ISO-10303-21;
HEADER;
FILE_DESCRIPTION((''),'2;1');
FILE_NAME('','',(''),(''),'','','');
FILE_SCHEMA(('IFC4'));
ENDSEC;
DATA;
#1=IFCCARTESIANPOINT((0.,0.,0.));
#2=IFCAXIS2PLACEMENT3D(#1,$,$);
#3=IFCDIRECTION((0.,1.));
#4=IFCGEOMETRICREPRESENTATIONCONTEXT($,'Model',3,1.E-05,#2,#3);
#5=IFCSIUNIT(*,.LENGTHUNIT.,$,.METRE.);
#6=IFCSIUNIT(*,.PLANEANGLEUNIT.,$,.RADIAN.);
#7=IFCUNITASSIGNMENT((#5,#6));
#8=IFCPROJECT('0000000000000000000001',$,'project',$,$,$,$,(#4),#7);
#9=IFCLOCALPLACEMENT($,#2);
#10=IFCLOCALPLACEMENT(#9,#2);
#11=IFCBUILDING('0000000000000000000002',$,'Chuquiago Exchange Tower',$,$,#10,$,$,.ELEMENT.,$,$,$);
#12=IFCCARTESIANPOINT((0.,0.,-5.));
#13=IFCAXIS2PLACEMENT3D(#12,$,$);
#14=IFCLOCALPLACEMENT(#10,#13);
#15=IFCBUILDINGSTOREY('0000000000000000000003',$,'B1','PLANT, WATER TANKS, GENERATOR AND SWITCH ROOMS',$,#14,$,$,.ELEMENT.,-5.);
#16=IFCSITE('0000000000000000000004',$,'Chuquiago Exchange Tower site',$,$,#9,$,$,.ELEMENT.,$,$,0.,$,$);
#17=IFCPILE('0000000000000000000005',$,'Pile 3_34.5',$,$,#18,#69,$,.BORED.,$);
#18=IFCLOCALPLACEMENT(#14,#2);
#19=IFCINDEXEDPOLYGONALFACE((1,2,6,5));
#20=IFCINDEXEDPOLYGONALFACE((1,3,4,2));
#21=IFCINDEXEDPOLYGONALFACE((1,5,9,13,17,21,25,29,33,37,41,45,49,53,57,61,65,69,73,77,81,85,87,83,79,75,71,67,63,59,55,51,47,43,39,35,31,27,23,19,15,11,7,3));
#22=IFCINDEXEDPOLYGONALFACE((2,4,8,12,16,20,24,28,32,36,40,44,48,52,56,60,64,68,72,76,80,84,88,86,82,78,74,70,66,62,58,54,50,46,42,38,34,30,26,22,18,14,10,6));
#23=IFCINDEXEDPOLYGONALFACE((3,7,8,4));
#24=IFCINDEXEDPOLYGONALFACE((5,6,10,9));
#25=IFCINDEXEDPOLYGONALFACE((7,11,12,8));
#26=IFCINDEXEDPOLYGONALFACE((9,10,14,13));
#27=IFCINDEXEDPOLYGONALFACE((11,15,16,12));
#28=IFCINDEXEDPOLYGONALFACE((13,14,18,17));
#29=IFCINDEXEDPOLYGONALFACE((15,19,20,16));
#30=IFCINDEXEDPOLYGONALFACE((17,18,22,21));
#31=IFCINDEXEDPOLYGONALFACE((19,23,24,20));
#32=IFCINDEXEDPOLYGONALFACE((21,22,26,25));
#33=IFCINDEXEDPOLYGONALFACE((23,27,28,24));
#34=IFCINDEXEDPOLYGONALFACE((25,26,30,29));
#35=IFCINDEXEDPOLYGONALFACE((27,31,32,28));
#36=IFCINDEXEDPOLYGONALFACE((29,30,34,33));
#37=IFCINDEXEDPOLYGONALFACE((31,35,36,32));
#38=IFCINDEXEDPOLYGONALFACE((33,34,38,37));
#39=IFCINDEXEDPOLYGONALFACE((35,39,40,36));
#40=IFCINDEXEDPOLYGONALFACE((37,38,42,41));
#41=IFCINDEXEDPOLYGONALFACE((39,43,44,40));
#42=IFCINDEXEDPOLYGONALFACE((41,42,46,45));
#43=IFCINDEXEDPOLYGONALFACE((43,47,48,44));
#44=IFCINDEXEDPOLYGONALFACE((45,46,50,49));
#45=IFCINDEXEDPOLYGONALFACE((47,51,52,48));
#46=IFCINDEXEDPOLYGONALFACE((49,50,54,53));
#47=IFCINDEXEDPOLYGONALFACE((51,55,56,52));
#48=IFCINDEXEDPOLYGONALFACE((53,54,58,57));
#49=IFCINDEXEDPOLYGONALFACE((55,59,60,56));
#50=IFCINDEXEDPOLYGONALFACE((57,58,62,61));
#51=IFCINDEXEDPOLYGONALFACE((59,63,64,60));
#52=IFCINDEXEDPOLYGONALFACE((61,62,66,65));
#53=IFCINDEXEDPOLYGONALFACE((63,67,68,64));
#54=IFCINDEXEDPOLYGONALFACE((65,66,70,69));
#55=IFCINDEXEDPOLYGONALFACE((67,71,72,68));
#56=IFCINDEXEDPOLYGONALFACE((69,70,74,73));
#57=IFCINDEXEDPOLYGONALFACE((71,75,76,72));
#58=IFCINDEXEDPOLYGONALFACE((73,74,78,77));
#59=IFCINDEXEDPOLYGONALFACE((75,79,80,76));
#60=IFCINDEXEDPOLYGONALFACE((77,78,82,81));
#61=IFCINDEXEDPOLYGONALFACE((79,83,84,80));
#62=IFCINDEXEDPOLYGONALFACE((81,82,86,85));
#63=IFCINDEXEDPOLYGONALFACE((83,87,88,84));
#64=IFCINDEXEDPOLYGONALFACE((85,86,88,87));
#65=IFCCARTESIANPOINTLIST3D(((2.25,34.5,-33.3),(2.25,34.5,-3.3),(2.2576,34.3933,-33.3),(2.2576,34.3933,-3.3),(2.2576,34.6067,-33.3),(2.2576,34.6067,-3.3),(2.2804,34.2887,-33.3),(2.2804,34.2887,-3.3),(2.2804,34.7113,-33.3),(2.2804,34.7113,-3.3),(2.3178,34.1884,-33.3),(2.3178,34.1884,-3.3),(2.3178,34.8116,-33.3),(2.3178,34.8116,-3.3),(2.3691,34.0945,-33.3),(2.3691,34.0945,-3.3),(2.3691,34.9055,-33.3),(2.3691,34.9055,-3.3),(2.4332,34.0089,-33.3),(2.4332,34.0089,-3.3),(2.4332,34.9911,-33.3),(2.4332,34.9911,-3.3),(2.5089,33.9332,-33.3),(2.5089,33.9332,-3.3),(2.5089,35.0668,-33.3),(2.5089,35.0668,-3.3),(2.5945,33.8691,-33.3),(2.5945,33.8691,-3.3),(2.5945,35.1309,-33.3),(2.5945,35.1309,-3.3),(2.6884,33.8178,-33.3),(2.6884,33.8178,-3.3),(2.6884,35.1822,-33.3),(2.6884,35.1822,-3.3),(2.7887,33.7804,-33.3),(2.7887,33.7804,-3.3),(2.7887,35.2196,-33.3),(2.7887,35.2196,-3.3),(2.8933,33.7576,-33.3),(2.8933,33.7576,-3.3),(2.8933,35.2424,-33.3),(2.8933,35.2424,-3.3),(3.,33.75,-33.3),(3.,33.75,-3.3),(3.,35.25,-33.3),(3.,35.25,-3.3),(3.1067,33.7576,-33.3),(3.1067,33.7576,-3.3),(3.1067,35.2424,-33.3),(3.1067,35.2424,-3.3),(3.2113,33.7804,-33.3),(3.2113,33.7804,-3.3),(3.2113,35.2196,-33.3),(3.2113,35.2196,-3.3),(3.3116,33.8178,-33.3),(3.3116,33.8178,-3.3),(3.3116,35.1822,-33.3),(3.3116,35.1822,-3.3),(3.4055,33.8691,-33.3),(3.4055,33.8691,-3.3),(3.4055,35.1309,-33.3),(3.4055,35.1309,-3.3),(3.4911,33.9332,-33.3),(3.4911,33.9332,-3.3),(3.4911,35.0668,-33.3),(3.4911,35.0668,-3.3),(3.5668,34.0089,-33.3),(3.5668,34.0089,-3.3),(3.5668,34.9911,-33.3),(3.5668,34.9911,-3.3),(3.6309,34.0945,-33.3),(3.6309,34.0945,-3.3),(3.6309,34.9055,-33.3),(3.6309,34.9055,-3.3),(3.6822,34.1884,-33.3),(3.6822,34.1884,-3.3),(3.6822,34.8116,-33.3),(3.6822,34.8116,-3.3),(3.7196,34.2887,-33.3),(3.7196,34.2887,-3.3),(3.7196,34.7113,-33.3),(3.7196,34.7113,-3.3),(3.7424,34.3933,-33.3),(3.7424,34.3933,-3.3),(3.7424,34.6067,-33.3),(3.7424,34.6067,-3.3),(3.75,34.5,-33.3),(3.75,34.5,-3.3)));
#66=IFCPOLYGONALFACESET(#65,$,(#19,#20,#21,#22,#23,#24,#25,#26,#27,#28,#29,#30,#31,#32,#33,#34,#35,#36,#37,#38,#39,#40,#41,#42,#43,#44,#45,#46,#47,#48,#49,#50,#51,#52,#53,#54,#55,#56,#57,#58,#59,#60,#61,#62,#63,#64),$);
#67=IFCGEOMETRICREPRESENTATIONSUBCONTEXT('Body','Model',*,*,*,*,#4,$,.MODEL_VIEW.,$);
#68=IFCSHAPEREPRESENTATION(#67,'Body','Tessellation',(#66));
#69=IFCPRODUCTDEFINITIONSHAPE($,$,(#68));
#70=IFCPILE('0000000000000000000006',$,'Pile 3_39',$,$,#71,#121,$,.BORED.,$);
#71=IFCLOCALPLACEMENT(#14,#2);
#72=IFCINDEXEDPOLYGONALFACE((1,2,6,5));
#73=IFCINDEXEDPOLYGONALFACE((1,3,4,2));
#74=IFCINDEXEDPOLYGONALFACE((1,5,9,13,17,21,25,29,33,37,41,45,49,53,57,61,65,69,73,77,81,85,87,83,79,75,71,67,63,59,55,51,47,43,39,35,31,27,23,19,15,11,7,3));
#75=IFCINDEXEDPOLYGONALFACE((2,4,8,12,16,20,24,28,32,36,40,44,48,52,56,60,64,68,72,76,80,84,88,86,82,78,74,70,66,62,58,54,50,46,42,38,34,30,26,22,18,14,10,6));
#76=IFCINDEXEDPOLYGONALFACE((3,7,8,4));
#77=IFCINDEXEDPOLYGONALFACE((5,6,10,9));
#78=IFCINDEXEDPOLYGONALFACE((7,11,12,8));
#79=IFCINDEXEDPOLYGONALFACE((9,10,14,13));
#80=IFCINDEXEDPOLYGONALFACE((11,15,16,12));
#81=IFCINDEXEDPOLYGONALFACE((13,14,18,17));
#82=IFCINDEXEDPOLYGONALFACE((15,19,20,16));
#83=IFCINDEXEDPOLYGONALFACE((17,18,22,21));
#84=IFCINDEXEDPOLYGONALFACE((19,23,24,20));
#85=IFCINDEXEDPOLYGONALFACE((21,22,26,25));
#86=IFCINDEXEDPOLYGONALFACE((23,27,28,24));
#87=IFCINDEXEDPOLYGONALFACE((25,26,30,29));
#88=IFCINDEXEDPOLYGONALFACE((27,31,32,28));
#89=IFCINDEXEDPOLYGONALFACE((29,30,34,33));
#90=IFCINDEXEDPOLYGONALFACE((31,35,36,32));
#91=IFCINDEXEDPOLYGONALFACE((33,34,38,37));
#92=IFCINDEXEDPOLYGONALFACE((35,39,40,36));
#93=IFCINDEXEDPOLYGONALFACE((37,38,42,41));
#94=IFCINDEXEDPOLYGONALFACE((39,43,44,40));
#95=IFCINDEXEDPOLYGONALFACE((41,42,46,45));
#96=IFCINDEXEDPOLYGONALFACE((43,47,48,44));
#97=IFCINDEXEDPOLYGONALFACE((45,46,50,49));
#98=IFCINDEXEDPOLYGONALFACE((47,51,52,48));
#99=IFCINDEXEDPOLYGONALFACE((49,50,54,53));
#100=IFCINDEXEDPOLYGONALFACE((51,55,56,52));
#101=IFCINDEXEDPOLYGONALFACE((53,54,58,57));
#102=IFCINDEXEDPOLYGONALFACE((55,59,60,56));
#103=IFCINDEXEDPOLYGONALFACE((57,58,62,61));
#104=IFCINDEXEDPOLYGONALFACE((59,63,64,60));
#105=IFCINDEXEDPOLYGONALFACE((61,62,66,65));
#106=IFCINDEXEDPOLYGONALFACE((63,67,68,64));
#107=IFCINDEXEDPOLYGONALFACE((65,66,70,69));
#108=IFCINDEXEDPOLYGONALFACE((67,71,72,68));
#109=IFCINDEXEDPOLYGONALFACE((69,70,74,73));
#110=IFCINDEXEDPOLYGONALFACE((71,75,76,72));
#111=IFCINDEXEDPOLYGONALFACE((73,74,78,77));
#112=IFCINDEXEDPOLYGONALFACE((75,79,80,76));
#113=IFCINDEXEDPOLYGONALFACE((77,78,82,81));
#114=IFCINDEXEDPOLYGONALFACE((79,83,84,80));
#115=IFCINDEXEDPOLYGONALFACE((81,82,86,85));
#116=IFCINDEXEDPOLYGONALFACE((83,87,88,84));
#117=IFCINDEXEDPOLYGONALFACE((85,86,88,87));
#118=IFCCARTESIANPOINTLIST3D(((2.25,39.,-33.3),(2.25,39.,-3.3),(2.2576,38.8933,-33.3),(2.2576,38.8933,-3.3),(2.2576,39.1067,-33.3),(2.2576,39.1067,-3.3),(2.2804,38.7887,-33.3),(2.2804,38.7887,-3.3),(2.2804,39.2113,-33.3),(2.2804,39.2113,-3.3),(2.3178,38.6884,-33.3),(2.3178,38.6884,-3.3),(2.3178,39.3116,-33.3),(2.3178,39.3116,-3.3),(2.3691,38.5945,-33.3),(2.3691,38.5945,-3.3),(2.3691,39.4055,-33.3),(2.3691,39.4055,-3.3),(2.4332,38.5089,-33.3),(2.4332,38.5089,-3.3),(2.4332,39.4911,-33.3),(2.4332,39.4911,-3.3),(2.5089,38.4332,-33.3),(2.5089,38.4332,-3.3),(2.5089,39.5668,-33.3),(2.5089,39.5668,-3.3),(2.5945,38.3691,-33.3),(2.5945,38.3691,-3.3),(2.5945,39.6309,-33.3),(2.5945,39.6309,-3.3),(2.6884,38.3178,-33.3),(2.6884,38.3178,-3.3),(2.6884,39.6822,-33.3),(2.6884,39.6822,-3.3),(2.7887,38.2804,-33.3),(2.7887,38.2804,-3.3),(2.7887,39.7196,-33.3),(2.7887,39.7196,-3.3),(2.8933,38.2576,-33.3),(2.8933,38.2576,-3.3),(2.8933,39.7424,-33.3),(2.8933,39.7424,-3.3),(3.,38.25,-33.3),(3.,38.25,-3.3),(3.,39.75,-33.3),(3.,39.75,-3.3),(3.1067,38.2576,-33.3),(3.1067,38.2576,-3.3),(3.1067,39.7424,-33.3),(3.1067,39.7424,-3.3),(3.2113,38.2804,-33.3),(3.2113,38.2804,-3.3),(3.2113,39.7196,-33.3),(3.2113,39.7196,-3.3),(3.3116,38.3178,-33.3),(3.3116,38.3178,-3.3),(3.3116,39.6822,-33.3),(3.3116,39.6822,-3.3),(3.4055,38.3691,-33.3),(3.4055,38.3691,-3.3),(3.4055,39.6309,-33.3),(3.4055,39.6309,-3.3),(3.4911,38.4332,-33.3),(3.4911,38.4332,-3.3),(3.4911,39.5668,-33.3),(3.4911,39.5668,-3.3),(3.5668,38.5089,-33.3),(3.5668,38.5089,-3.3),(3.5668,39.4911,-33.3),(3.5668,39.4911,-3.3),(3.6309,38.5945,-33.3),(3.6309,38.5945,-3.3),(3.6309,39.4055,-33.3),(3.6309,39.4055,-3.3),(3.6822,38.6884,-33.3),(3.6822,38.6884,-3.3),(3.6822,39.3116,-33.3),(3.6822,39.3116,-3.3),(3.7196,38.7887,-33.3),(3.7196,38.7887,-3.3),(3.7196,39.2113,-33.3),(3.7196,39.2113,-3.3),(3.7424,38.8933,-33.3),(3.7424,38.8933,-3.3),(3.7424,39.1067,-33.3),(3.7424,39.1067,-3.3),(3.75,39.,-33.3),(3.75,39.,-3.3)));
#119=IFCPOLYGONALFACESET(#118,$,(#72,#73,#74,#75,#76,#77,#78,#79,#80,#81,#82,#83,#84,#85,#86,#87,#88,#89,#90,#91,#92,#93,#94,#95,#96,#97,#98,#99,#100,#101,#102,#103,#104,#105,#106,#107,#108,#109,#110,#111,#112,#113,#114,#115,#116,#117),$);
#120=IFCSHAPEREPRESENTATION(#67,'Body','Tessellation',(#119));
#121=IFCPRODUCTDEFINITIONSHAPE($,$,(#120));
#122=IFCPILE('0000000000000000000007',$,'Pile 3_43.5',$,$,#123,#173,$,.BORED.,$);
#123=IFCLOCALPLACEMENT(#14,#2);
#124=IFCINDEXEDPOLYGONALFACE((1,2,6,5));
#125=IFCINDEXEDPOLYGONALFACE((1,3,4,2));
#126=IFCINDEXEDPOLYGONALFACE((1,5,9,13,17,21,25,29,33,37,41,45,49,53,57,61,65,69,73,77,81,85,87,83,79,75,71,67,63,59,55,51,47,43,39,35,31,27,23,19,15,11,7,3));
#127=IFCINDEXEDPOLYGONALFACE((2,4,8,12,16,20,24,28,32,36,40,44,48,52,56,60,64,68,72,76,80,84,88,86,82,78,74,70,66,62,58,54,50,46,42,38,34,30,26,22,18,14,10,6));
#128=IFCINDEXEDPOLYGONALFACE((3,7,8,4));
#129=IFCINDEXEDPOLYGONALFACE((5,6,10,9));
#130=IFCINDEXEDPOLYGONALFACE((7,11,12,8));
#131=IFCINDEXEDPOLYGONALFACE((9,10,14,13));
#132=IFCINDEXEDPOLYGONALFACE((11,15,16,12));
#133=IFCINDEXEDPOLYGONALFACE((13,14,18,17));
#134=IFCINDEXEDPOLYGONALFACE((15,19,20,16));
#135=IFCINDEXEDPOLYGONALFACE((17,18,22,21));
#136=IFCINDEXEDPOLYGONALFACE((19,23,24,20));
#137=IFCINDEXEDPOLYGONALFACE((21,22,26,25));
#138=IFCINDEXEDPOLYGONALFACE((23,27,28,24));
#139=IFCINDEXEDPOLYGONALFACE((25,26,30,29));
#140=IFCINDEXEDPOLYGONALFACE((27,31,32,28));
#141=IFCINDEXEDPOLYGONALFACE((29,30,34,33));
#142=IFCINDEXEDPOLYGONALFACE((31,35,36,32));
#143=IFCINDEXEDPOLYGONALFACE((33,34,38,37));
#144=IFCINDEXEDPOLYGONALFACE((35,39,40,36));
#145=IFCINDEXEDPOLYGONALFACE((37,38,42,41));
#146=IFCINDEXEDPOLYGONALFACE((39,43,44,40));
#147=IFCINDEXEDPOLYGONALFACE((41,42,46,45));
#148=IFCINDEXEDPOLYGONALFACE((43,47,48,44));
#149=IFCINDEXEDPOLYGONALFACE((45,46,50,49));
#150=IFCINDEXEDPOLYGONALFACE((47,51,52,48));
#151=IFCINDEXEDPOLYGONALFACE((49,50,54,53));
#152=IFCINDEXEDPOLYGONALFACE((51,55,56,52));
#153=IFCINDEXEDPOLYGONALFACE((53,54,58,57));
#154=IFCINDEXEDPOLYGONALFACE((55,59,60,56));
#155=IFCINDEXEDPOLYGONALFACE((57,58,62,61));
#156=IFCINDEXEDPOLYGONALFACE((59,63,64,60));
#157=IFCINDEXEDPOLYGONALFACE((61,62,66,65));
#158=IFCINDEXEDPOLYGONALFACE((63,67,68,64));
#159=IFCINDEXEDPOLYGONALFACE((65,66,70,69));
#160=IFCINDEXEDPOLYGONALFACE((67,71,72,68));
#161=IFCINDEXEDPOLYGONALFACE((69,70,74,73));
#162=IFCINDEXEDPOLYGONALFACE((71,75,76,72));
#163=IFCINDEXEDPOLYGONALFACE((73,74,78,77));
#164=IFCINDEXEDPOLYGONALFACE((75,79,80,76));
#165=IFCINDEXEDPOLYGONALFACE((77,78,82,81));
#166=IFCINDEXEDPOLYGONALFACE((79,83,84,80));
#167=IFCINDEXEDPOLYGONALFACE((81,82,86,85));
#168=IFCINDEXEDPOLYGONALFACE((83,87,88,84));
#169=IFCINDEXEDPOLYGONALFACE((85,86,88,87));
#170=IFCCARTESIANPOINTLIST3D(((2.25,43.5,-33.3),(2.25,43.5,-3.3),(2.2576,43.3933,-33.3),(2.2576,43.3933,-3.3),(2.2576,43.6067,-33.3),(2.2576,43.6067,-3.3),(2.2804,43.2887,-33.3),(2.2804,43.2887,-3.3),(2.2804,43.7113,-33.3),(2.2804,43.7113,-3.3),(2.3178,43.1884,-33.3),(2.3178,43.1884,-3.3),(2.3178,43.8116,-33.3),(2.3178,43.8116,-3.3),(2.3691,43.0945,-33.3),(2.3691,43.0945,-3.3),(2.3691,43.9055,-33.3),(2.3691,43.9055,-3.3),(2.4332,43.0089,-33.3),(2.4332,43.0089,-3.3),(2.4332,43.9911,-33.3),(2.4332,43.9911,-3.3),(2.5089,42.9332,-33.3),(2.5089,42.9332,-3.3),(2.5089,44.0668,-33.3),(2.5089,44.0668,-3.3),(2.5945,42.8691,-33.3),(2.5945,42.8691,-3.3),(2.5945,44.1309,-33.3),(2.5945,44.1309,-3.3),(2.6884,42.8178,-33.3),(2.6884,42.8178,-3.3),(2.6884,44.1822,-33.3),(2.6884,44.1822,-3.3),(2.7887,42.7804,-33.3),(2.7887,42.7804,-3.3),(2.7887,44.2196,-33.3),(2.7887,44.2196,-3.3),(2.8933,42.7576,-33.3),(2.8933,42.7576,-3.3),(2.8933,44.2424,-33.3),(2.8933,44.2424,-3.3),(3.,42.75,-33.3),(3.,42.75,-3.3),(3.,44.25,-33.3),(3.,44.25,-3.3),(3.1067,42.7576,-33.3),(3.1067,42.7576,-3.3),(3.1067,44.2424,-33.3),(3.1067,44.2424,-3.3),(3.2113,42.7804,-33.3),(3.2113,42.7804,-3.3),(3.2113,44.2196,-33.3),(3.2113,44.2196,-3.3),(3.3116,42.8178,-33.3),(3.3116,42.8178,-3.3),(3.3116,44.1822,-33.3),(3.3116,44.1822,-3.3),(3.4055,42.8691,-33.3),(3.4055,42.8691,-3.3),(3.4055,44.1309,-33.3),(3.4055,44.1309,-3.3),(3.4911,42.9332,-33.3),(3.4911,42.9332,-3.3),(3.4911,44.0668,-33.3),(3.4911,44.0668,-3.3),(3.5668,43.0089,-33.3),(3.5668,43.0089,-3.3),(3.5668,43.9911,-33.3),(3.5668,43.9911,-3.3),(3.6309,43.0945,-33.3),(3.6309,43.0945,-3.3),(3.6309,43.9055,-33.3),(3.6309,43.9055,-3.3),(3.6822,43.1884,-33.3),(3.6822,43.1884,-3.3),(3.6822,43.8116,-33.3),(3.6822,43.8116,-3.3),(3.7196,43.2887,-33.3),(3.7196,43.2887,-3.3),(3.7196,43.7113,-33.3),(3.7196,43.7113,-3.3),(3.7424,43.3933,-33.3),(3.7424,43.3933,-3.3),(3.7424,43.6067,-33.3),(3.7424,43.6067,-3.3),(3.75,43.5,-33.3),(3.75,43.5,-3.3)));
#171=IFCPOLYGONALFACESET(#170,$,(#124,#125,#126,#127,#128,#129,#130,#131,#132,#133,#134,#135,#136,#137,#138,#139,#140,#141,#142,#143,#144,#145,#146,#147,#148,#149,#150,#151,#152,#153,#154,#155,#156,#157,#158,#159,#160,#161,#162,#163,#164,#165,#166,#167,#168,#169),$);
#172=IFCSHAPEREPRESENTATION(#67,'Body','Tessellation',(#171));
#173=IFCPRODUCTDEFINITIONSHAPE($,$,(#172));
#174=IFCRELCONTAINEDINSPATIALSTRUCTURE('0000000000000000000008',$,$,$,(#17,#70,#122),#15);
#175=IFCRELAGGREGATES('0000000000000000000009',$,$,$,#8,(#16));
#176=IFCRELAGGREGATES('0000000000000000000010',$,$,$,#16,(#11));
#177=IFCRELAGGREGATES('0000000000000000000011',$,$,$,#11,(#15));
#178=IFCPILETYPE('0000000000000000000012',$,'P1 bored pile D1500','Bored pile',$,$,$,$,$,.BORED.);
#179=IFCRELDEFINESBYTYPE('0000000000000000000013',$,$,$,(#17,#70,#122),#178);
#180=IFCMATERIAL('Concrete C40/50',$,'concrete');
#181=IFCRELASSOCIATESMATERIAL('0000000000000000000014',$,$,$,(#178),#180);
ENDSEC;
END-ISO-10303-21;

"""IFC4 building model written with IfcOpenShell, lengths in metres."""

from ifc_helpers import new_model, si_unit, direction, frame, origin, origin_2d, place, context, subcontext, project, spatial, circle, extrude, material, material_profile, profile_set, type_object, element, save


model = new_model("IFC4")

# Units and contexts
model_context = context("Model", 3, precision=1e-05, world=origin(), true_north=direction((0.0, 1.0)))
body_context = subcontext(model_context, "Body", "Model", "MODEL_VIEW")
ifc_project = project(units=[si_unit("LENGTHUNIT", "METRE"), si_unit("PLANEANGLEUNIT", "RADIAN")], contexts=[model_context])

# Site, building, storey
site_placement = place(None, origin())
site = spatial("IfcSite", under=ifc_project, at=site_placement, Name="Chuquiago Exchange Tower site", CompositionType="ELEMENT", RefElevation=0.0)
building_placement = place(site_placement, origin())
building = spatial("IfcBuilding", under=site, at=building_placement, Name="Chuquiago Exchange Tower", CompositionType="ELEMENT")
storey_placement = place(building_placement, frame((0.0, 0.0, -5.0)))
storey = spatial("IfcBuildingStorey", under=building, at=storey_placement, Name="B1", Description="PLANT, WATER TANKS, GENERATOR AND SWITCH ROOMS", CompositionType="ELEMENT", Elevation=-5.0)

# Piles
ifc_material_1 = material(Name="Concrete C40/50", Category="concrete")
ifc_material_profile_1 = material_profile(ifc_material_1, circle(Radius=0.75, at=origin_2d()), Name="D1500")
ifc_profile_set_1 = profile_set([ifc_material_profile_1], Name="Concrete C40/50")
pile_type = type_object("IfcPileType", Name="P1 bored pile D1500", Description="Bored pile", PredefinedType="BORED", material=ifc_profile_set_1)
for number, where, z_axis, x_axis, name in (
    (1, (3.0, 34.5, -3.3), (0.0, 0.0, -1.0), (1.0, 0.0, 0.0), "Pile 3_34.5"),
    (2, (3.0, 39.0, -3.3), (0.0, 0.0, -1.0), (1.0, 0.0, 0.0), "Pile 3_39"),
    (3, (3.0, 43.5, -3.3), (0.0, 0.0, -1.0), (1.0, 0.0, 0.0), "Pile 3_43.5"),
):
    element("IfcPile", number, at=place(storey_placement, frame(where, z_axis=z_axis, x_axis=x_axis)), inside=storey, type_object=pile_type, Name=name, PredefinedType="BORED", context=body_context, shape_type="SweptSolid", body=[
        extrude(circle(Radius=0.75, at=origin_2d()), origin(), (0.0, 0.0, 1.0), 30.0),
    ])

save(model, "model.ifc")
